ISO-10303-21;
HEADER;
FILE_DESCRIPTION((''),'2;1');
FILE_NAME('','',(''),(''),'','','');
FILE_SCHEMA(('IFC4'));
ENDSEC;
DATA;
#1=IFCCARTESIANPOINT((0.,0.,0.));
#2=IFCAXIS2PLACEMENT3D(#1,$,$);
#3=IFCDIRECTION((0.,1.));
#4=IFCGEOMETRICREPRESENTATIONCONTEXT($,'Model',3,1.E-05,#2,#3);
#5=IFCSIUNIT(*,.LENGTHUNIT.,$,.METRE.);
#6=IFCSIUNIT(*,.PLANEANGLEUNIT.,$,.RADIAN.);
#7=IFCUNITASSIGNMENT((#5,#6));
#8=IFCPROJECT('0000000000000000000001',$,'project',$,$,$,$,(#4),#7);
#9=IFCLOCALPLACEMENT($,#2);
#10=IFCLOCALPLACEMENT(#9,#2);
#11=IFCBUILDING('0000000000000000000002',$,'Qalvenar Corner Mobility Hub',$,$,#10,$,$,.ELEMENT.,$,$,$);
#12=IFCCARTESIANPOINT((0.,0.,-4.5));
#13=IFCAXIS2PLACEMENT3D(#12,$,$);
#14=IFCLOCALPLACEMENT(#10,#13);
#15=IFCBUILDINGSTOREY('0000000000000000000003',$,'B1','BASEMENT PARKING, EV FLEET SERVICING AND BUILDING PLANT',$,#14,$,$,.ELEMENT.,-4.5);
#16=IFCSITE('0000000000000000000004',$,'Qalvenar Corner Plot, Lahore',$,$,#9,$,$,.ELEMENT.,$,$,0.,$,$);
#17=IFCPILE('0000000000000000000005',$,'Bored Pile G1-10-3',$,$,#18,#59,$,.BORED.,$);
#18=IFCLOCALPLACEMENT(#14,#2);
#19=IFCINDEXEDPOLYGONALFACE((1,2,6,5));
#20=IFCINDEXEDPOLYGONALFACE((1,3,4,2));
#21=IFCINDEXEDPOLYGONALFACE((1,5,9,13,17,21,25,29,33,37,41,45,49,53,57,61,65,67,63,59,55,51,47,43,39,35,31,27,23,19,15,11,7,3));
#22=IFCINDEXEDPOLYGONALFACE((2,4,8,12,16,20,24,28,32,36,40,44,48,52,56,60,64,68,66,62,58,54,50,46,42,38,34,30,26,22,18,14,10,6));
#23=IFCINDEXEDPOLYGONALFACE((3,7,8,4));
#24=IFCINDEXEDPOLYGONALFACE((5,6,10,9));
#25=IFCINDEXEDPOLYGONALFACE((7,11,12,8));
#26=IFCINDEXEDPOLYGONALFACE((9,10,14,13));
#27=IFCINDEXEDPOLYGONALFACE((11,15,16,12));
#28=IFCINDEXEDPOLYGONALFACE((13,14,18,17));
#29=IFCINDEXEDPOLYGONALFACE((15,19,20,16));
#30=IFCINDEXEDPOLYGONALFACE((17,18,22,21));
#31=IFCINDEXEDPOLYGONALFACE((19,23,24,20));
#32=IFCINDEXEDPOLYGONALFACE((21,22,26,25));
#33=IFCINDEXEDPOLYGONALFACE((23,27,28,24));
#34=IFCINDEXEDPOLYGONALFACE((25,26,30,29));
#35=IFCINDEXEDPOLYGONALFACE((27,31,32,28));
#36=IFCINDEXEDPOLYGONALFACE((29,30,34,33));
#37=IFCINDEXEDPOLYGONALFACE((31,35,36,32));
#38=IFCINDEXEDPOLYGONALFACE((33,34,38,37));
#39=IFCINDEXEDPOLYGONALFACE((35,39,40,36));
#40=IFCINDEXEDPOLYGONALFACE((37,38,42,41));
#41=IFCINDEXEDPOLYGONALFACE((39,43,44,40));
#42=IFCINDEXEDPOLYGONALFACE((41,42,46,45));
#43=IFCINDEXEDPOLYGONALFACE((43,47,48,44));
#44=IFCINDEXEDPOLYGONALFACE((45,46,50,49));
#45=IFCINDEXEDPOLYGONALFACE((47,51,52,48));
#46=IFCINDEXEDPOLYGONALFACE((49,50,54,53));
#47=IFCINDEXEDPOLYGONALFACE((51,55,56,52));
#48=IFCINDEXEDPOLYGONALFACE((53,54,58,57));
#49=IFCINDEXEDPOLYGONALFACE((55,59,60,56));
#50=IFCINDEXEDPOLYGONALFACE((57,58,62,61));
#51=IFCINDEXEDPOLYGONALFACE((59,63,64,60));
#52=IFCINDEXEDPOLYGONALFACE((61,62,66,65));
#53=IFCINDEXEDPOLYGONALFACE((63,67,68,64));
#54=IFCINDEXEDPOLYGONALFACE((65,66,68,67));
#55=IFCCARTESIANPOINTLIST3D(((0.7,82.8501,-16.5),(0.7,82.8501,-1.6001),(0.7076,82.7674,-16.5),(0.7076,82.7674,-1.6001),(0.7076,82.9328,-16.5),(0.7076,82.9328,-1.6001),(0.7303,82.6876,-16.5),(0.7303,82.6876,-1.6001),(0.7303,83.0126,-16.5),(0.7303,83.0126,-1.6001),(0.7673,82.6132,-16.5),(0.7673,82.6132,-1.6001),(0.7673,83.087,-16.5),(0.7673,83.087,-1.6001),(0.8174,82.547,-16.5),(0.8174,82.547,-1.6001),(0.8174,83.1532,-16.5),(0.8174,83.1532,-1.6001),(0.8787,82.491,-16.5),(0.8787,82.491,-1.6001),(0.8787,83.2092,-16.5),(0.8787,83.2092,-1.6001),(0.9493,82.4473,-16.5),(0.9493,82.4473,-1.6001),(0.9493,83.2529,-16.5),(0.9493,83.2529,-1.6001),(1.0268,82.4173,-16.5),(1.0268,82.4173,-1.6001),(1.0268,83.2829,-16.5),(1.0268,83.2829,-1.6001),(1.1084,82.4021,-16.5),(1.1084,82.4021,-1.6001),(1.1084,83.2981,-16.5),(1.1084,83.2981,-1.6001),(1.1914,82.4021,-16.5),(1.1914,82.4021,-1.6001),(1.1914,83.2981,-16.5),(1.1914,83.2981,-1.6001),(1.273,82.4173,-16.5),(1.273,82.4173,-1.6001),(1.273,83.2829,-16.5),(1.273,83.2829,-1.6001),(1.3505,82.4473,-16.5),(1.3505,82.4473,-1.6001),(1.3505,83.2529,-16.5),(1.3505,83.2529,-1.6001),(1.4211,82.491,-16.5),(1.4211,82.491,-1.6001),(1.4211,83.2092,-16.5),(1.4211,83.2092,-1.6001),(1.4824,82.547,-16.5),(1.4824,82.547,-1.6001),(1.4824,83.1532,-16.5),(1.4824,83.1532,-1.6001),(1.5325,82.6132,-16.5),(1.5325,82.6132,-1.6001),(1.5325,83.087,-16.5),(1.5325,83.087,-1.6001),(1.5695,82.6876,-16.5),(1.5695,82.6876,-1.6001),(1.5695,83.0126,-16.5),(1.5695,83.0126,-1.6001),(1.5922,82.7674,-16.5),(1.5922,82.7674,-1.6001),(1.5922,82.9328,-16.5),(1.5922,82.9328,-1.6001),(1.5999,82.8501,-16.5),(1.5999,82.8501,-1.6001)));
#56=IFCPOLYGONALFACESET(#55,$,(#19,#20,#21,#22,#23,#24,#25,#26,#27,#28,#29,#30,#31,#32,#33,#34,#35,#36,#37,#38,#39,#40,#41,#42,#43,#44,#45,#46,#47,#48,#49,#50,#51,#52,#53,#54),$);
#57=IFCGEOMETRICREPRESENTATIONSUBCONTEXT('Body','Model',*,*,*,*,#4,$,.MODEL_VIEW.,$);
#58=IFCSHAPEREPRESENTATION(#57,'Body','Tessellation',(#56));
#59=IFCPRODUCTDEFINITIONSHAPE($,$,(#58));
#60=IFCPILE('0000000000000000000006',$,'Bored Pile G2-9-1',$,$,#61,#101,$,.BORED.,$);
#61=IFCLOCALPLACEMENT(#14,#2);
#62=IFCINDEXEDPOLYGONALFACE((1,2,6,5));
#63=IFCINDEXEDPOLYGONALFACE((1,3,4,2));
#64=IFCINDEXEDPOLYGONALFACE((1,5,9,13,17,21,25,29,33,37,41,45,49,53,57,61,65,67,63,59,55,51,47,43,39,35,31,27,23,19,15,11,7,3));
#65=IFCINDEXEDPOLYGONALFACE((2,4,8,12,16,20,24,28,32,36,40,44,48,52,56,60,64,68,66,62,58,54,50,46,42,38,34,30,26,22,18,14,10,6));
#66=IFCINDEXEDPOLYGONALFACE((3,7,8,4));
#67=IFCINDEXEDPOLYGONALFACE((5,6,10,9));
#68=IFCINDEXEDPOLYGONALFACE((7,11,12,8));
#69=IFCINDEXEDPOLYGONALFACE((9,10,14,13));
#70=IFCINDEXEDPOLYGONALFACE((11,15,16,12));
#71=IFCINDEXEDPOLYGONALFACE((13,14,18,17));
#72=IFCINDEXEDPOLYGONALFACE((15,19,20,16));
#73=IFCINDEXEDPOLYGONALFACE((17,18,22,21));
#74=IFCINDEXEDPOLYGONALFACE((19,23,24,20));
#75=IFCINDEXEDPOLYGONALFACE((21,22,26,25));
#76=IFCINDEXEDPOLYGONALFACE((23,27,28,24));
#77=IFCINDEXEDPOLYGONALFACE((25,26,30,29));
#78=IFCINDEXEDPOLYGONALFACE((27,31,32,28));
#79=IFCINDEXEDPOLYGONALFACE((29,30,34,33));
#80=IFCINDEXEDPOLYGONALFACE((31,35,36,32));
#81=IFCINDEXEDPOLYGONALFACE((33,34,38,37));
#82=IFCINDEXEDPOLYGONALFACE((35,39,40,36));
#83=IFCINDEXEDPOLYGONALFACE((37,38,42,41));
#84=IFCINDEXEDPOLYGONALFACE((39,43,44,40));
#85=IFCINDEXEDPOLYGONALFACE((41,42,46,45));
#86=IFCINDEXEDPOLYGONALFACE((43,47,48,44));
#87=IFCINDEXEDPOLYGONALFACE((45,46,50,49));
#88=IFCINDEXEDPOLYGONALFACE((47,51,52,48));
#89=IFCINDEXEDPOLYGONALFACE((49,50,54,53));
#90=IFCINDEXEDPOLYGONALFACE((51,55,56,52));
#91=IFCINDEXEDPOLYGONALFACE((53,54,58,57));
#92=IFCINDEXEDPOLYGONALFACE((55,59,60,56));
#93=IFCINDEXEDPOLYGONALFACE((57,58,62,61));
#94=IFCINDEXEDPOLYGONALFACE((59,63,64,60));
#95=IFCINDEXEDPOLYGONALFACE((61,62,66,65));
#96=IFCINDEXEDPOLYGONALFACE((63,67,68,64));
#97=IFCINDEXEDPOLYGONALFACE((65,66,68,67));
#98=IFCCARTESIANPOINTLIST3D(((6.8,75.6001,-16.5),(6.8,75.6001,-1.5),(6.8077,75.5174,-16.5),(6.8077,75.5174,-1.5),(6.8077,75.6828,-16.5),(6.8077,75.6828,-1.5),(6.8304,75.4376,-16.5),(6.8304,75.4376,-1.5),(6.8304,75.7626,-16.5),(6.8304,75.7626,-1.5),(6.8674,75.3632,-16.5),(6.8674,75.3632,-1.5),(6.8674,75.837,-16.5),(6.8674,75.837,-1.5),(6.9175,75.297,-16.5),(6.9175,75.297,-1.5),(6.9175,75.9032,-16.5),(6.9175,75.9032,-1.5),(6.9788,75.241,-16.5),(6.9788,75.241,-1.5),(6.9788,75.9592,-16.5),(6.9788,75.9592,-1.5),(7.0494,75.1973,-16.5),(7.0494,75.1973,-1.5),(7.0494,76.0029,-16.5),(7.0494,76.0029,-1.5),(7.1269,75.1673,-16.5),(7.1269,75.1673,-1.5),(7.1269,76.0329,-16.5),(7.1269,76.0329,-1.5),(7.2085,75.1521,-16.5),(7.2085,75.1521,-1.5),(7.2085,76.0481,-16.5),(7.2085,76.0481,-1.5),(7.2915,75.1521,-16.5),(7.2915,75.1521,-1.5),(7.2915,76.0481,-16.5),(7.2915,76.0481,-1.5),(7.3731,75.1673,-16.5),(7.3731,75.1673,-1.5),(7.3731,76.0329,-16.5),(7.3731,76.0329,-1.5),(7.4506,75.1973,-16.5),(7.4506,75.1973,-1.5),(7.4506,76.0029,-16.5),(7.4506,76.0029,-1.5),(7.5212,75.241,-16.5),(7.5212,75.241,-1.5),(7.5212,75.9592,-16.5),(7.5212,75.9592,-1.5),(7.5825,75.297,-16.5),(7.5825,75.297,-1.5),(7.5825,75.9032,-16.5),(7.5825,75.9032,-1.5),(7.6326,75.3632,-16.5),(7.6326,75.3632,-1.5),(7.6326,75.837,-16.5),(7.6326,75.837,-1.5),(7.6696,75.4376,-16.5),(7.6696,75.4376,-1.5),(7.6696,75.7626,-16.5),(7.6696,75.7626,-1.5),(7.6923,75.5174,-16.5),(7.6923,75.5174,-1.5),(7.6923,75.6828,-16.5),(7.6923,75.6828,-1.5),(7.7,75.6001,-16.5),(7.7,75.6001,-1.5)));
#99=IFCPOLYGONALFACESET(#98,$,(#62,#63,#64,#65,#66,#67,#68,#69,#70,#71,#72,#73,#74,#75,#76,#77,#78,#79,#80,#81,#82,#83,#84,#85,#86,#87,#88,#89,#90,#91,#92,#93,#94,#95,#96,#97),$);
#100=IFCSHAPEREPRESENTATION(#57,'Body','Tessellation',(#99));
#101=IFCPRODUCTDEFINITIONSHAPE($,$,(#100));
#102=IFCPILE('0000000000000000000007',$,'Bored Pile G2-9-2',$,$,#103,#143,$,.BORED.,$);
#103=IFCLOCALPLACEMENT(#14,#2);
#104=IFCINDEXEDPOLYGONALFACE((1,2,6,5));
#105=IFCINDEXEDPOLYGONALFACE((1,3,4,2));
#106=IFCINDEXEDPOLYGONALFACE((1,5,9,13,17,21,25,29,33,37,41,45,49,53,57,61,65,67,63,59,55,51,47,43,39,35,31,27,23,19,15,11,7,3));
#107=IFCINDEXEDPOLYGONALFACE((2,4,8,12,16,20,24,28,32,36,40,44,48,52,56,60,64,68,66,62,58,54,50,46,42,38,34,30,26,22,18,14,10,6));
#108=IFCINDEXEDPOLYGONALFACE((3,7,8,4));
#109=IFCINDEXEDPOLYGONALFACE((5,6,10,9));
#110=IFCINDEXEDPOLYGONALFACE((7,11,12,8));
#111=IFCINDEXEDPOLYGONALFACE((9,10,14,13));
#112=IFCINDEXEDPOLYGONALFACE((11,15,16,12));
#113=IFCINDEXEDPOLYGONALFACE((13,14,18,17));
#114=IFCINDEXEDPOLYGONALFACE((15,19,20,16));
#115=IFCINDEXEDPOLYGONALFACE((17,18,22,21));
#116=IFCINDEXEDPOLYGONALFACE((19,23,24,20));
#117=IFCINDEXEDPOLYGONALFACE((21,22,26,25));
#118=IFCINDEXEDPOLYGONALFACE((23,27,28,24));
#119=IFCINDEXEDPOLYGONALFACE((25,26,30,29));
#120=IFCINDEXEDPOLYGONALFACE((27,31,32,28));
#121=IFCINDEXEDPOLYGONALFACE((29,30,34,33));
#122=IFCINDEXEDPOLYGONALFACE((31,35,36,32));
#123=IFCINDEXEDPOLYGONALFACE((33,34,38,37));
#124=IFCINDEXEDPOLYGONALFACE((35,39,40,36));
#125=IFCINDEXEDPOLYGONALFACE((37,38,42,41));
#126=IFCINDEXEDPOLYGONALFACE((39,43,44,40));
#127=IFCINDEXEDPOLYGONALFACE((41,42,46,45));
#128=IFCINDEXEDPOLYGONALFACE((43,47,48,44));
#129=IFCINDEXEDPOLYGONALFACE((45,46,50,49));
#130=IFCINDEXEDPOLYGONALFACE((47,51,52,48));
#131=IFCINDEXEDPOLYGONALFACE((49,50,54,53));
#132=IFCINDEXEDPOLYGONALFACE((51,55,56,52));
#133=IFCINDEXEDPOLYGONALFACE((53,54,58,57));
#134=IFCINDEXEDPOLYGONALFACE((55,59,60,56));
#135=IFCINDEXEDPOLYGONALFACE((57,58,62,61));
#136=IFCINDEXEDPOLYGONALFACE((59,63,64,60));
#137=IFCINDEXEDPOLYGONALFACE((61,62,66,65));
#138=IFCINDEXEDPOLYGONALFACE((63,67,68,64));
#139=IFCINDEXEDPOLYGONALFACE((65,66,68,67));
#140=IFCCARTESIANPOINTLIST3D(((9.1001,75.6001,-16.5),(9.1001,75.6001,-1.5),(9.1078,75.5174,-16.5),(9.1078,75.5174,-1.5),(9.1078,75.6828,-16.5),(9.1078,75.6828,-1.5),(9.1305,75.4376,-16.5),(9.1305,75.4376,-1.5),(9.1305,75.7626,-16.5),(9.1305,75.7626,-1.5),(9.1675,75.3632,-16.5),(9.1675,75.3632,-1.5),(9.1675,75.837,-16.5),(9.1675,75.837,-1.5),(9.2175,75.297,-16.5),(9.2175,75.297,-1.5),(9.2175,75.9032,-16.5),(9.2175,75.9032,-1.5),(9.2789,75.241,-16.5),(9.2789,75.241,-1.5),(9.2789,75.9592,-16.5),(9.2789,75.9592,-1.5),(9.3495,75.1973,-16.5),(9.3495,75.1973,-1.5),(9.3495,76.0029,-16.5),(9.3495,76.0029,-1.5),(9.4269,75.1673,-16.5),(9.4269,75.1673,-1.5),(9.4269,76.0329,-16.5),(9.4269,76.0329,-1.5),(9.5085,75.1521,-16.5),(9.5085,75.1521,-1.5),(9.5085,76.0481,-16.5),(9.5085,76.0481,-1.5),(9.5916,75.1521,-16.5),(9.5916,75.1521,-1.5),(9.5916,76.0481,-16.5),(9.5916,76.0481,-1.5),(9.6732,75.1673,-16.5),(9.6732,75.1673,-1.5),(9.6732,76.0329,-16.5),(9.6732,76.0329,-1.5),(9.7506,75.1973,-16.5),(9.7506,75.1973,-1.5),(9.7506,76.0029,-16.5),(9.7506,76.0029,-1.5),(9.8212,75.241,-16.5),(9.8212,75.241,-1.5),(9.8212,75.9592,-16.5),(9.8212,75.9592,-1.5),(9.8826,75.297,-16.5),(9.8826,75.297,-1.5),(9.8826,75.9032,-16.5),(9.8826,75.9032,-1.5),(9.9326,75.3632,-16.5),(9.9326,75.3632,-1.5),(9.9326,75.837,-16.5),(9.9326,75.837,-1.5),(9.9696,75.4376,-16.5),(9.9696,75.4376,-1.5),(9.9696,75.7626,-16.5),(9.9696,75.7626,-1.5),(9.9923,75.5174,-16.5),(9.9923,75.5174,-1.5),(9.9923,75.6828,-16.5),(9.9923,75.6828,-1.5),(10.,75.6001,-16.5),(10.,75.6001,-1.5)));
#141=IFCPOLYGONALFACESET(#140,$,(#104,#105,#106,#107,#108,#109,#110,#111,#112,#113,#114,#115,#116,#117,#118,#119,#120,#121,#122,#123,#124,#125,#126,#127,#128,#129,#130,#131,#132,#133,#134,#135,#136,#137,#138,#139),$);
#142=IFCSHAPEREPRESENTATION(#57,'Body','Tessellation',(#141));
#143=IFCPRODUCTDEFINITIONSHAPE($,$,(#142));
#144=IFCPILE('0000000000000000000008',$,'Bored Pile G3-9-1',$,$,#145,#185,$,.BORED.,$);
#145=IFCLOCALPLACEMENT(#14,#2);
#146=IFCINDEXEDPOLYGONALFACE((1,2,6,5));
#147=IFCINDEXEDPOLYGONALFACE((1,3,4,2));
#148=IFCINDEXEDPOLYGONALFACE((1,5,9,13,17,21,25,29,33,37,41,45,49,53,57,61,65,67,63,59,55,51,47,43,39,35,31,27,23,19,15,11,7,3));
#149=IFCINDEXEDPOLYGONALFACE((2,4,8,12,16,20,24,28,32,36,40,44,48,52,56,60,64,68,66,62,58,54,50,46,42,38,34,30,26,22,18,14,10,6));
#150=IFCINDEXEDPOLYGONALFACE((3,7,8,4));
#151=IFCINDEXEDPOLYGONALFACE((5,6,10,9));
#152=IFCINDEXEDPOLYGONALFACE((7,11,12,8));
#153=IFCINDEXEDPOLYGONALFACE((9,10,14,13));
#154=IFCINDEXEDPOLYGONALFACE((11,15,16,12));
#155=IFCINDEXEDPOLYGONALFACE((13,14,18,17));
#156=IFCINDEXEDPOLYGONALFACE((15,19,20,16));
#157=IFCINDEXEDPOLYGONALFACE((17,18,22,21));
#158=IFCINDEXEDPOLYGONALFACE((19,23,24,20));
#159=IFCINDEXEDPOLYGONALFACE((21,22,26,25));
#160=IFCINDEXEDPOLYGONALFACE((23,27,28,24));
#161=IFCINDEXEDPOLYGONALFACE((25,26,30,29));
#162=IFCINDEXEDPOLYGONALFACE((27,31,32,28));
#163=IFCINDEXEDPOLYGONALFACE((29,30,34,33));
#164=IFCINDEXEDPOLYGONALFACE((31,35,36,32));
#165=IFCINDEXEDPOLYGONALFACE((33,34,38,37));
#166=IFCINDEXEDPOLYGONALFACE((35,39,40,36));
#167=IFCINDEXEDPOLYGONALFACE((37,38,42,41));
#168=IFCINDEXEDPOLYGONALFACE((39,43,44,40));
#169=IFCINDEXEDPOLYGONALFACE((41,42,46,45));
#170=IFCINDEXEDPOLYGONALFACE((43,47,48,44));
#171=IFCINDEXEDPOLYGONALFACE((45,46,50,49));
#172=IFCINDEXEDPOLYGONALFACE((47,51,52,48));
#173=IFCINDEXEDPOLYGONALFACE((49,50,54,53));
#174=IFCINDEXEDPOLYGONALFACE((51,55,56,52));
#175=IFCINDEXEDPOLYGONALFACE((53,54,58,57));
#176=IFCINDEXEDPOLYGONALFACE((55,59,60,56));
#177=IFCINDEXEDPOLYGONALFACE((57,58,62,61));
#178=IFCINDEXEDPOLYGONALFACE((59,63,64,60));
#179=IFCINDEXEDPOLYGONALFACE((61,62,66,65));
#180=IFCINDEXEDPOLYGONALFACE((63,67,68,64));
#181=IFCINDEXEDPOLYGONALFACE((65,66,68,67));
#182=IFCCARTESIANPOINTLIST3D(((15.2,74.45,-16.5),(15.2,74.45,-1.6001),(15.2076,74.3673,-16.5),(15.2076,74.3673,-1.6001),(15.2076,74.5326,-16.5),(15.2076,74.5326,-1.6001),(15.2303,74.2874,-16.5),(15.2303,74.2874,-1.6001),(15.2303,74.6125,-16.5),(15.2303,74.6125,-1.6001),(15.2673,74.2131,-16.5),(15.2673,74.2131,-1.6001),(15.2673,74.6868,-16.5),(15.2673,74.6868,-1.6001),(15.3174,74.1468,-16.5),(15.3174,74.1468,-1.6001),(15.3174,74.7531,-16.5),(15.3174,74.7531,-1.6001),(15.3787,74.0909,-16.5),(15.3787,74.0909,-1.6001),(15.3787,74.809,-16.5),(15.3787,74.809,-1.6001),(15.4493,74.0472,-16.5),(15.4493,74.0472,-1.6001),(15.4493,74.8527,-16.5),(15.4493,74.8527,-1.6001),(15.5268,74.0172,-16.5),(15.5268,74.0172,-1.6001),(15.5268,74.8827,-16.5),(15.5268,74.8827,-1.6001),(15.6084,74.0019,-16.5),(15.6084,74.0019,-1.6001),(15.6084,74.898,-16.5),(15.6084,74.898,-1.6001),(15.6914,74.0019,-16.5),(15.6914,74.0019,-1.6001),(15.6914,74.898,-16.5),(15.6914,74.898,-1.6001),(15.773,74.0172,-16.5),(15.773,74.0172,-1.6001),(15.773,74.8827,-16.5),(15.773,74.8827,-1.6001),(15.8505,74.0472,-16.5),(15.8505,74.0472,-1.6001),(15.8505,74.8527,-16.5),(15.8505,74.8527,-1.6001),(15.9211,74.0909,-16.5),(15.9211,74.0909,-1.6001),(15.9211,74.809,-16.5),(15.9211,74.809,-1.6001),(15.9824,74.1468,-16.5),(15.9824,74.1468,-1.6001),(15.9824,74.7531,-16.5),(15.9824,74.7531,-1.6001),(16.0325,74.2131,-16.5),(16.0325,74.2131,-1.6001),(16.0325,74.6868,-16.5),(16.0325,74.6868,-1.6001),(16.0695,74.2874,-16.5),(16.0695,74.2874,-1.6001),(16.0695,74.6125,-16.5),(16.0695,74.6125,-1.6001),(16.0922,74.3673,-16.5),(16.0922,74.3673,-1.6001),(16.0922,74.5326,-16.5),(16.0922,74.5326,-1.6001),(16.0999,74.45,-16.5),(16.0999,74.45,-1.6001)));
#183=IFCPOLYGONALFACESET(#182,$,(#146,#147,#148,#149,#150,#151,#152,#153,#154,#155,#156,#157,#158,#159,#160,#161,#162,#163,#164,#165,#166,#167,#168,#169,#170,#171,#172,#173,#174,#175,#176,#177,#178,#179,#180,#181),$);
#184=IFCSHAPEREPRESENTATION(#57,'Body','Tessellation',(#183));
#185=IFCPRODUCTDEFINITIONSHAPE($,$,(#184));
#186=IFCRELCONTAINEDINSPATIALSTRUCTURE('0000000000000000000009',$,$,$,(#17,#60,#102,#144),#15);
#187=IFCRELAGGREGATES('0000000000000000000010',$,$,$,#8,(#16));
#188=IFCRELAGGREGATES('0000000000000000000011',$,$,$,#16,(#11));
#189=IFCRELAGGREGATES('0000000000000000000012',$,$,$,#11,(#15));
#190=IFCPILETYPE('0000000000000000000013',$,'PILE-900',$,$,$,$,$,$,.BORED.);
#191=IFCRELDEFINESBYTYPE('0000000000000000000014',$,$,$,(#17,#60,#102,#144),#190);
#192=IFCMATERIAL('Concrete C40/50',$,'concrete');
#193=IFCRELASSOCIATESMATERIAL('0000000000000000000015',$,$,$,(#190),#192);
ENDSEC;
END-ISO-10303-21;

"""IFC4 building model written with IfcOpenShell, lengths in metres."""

from ifc_helpers import new_model, si_unit, direction, frame, origin, origin_2d, place, context, subcontext, project, spatial, circle, extrude, material, material_profile, profile_set, type_object, element, save


model = new_model("IFC4")

# Units and contexts
model_context = context("Model", 3, precision=1e-05, world=origin(), true_north=direction((0.0, 1.0)))
body_context = subcontext(model_context, "Body", "Model", "MODEL_VIEW")
ifc_project = project(units=[si_unit("LENGTHUNIT", "METRE"), si_unit("PLANEANGLEUNIT", "RADIAN")], contexts=[model_context])

# Site, building, storey
site_placement = place(None, origin())
site = spatial("IfcSite", under=ifc_project, at=site_placement, Name="Qalvenar Corner Plot, Lahore", CompositionType="ELEMENT", RefElevation=0.0)
building_placement = place(site_placement, origin())
building = spatial("IfcBuilding", under=site, at=building_placement, Name="Qalvenar Corner Mobility Hub", CompositionType="ELEMENT")
storey_placement = place(building_placement, frame((0.0, 0.0, -4.5)))
storey = spatial("IfcBuildingStorey", under=building, at=storey_placement, Name="B1", Description="BASEMENT PARKING, EV FLEET SERVICING AND BUILDING PLANT", CompositionType="ELEMENT", Elevation=-4.5)

# Shared definitions
ifc_material_1 = material(Name="Concrete C40/50", Category="concrete")

# Piles
ifc_material_profile_1 = material_profile(ifc_material_1, circle(Radius=0.45, at=origin_2d()), Name="DIA900")
ifc_profile_set_1 = profile_set([ifc_material_profile_1], Name="Concrete C40/50")
pile_type = type_object("IfcPileType", Name="PILE-900", PredefinedType="BORED", material=ifc_profile_set_1)
for number, where, z_axis, x_axis, name in (
    (1, (1.1499, 82.8501, -1.6001), (0.0, 0.0, -1.0), (1.0, 0.0, 0.0), "Bored Pile G1-10-3"),
):
    element("IfcPile", number, at=place(storey_placement, frame(where, z_axis=z_axis, x_axis=x_axis)), inside=storey, type_object=pile_type, Name=name, PredefinedType="BORED", context=body_context, shape_type="SweptSolid", body=[
        extrude(circle(Radius=0.45, at=origin_2d()), origin(), (0.0, 0.0, 1.0), 14.8999),
    ])
for number, where, z_axis, x_axis, name in (
    (2, (7.25, 75.6001, -1.5), (0.0, 0.0, -1.0), (1.0, 0.0, 0.0), "Bored Pile G2-9-1"),
    (3, (9.55, 75.6001, -1.5), (0.0, 0.0, -1.0), (1.0, 0.0, 0.0), "Bored Pile G2-9-2"),
):
    element("IfcPile", number, at=place(storey_placement, frame(where, z_axis=z_axis, x_axis=x_axis)), inside=storey, type_object=pile_type, Name=name, PredefinedType="BORED", context=body_context, shape_type="SweptSolid", body=[
        extrude(circle(Radius=0.45, at=origin_2d()), origin(), (0.0, 0.0, 1.0), 15.0),
    ])
for number, where, z_axis, x_axis, name in (
    (4, (15.6499, 74.45, -1.6001), (0.0, 0.0, -1.0), (1.0, 0.0, 0.0), "Bored Pile G3-9-1"),
):
    element("IfcPile", number, at=place(storey_placement, frame(where, z_axis=z_axis, x_axis=x_axis)), inside=storey, type_object=pile_type, Name=name, PredefinedType="BORED", context=body_context, shape_type="SweptSolid", body=[
        extrude(circle(Radius=0.45, at=origin_2d()), origin(), (0.0, 0.0, 1.0), 14.8999),
    ])

save(model, "model.ifc")
